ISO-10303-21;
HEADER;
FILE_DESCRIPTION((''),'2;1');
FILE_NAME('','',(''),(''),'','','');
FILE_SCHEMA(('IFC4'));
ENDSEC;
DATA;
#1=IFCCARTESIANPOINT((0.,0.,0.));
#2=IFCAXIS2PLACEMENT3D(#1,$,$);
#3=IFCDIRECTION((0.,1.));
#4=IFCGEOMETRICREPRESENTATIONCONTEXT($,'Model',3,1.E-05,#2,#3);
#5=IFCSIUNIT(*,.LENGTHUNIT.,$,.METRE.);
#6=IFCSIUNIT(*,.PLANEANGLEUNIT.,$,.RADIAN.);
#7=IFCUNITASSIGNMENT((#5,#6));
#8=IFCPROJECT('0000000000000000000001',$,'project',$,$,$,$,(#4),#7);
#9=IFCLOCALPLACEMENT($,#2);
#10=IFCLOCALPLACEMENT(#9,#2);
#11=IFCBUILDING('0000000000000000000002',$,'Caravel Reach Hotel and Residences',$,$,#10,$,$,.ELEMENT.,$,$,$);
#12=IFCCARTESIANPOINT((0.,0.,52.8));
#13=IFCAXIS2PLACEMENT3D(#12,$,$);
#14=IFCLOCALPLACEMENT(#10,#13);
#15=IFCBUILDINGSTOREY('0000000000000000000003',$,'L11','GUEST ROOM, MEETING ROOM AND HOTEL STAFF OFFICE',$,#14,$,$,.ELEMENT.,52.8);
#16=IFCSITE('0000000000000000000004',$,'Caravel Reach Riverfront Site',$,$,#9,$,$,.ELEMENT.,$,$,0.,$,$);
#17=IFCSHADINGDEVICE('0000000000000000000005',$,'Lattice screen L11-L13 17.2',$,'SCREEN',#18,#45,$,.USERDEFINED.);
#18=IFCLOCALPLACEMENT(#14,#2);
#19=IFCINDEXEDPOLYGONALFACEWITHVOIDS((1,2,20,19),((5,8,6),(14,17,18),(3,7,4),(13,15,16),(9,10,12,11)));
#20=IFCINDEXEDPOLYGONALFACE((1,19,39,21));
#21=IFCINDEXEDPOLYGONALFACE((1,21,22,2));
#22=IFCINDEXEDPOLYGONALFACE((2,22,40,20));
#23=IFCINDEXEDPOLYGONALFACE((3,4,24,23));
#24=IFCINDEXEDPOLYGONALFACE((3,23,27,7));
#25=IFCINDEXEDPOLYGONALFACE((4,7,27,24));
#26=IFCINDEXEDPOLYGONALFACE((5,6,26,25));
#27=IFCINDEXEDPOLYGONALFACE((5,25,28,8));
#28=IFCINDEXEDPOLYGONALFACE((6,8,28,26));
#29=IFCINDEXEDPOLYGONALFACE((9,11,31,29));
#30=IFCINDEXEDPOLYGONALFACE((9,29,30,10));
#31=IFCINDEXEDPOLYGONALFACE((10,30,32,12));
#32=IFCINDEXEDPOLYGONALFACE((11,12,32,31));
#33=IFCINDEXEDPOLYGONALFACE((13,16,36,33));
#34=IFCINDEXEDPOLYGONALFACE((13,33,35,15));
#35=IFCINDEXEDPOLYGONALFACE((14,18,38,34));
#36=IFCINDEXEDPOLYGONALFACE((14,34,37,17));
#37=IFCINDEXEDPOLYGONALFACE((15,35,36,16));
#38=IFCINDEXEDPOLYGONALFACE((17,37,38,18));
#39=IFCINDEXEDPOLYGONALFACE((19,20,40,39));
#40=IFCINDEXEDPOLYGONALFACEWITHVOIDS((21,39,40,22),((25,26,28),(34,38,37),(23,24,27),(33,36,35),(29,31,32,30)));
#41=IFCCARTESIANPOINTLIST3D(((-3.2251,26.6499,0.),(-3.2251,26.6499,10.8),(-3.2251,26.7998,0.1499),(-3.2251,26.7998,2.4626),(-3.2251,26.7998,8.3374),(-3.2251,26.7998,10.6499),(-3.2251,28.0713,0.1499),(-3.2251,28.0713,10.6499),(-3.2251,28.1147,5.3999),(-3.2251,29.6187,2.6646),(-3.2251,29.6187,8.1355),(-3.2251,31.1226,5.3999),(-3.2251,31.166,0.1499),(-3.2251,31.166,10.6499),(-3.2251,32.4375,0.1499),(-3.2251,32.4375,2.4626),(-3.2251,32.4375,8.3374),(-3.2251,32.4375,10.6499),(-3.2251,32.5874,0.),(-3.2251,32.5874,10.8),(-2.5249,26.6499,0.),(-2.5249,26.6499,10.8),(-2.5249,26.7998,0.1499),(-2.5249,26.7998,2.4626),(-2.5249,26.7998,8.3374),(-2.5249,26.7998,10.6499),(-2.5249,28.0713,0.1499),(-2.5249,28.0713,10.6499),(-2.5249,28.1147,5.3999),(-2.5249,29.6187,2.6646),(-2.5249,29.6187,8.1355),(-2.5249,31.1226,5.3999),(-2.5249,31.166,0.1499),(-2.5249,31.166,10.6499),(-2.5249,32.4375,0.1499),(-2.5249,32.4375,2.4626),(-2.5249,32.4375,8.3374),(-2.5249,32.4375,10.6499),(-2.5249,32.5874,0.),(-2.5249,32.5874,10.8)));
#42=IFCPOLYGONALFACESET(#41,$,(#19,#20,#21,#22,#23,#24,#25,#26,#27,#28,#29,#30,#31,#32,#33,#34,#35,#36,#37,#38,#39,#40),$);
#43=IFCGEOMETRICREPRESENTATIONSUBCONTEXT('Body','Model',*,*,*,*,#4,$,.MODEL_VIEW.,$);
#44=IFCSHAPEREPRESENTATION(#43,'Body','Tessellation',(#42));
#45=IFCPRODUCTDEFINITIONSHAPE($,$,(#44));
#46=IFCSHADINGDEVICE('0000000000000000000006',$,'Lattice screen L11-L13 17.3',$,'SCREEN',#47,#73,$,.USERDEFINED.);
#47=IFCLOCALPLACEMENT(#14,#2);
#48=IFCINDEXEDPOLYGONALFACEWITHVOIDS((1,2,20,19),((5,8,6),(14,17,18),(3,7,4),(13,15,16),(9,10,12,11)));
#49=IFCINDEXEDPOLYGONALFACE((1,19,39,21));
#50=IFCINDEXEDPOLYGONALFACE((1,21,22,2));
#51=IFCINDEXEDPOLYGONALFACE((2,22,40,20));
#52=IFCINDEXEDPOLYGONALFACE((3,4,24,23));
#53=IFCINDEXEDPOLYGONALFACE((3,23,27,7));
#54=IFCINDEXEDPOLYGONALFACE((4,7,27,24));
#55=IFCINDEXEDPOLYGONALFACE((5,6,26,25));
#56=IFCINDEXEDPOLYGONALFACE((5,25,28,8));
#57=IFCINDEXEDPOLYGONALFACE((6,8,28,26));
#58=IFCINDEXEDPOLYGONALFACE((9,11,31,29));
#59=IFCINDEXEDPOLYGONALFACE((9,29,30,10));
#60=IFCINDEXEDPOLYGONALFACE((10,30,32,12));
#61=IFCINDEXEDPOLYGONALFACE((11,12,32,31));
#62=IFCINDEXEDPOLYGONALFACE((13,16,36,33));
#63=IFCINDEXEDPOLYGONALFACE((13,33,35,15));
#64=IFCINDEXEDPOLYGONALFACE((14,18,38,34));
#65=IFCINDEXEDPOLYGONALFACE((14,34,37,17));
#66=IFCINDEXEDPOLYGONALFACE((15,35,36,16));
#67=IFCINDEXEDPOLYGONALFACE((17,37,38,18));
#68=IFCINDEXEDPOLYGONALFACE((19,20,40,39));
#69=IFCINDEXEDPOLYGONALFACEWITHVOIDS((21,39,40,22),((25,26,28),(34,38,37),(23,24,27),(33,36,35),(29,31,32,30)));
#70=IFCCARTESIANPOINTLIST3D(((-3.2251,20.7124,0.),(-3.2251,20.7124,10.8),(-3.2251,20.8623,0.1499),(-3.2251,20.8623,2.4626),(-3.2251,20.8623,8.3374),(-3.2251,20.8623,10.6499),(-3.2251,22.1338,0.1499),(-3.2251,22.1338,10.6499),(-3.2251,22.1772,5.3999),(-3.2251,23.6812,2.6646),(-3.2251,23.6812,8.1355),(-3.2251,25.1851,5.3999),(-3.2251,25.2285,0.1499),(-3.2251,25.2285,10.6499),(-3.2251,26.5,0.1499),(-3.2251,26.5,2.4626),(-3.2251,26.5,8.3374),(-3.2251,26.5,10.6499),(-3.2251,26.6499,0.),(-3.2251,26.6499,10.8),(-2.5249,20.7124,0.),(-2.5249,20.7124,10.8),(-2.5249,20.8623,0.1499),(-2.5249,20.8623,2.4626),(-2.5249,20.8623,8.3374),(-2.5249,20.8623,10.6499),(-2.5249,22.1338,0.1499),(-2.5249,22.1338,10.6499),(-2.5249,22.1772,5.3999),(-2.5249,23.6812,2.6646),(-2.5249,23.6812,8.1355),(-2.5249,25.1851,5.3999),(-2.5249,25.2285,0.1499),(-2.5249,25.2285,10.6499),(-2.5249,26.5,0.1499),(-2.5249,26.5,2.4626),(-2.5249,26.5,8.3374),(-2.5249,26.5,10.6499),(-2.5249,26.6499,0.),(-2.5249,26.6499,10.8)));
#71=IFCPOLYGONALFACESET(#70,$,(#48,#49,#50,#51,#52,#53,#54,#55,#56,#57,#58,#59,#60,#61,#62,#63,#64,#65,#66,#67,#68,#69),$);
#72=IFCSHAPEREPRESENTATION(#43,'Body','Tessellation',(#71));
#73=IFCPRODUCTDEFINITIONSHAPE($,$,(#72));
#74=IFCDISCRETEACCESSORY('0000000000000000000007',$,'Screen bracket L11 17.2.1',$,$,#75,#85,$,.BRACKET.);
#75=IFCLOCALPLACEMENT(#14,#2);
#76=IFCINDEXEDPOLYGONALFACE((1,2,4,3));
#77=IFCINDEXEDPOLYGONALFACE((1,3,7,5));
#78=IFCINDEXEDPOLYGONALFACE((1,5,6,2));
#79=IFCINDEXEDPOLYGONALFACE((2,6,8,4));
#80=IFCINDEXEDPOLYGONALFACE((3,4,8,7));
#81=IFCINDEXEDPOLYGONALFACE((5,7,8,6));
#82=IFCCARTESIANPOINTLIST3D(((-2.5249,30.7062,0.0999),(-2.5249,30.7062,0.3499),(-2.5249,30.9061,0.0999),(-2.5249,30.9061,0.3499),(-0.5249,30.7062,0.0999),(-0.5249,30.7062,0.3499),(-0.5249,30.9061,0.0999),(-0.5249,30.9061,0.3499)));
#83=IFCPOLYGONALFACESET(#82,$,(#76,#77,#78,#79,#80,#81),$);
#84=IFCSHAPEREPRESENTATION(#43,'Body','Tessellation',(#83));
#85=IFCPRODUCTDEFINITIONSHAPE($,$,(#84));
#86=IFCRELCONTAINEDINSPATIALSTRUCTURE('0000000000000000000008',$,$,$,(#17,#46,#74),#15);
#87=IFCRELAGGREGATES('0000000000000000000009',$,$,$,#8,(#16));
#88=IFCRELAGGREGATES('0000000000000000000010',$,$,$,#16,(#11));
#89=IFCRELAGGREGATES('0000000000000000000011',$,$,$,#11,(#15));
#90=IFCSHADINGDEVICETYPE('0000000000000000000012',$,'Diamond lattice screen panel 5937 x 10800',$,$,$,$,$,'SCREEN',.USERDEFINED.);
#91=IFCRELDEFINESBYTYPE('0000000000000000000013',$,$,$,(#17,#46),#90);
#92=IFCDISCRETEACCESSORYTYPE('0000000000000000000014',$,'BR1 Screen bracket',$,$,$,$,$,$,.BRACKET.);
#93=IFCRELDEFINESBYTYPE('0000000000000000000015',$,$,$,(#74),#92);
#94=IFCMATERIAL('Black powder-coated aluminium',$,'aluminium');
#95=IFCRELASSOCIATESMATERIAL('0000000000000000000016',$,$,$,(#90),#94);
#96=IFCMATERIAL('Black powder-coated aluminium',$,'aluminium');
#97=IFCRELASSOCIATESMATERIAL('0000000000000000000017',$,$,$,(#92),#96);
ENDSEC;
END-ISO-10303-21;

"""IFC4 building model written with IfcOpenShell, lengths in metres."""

from ifc_helpers import new_model, si_unit, direction, frame, origin, origin_2d, place, context, subcontext, project, spatial, polyline, rectangle, outline, extrude, material, type_object, element, save


model = new_model("IFC4")

# Units and contexts
model_context = context("Model", 3, precision=1e-05, world=origin(), true_north=direction((0.0, 1.0)))
body_context = subcontext(model_context, "Body", "Model", "MODEL_VIEW")
ifc_project = project(units=[si_unit("LENGTHUNIT", "METRE"), si_unit("PLANEANGLEUNIT", "RADIAN")], contexts=[model_context])

# Site, building, storey
site_placement = place(None, origin())
site = spatial("IfcSite", under=ifc_project, at=site_placement, Name="Caravel Reach Riverfront Site", CompositionType="ELEMENT", RefElevation=0.0)
building_placement = place(site_placement, origin())
building = spatial("IfcBuilding", under=site, at=building_placement, Name="Caravel Reach Hotel and Residences", CompositionType="ELEMENT")
storey_placement = place(building_placement, frame((0.0, 0.0, 52.8)))
storey = spatial("IfcBuildingStorey", under=building, at=storey_placement, Name="L11", Description="GUEST ROOM, MEETING ROOM AND HOTEL STAFF OFFICE", CompositionType="ELEMENT", Elevation=52.8)

# Shading devices
ifc_material_1 = material(Name="Black powder-coated aluminium", Category="aluminium")
shading_device_type = type_object("IfcShadingDeviceType", Name="Diamond lattice screen panel 5937 x 10800", ElementType="SCREEN", PredefinedType="USERDEFINED", material=ifc_material_1)
for number, where, z_axis, x_axis, name in (
    (1, (-2.5249, 32.5874, 0.0), (-1.0, 0.0, 0.0), (0.0, -1.0, 0.0), "Lattice screen L11-L13 17.2"),
    (2, (-2.5249, 26.6499, 0.0), (-1.0, 0.0, 0.0), (0.0, -1.0, 0.0), "Lattice screen L11-L13 17.3"),
):
    element("IfcShadingDevice", number, at=place(storey_placement, frame(where, z_axis=z_axis, x_axis=x_axis)), inside=storey, type_object=shading_device_type, Name=name, ObjectType="SCREEN", PredefinedType="USERDEFINED", context=body_context, shape_type="SweptSolid", body=[
        extrude(outline(polyline([(0.0, 0.0), (5.9375, 0.0), (5.9375, 10.8), (0.0, 10.8), (0.0, 0.0)]), holes=[polyline([(1.4214, 0.1499), (0.1499, 2.4626), (0.1499, 0.1499), (1.4214, 0.1499)]), polyline([(0.1499, 8.3374), (1.4214, 10.6499), (0.1499, 10.6499), (0.1499, 8.3374)]), polyline([(2.9688, 8.1355), (1.4648, 5.3999), (2.9688, 2.6646), (4.4727, 5.3999), (2.9688, 8.1355)]), polyline([(5.7876, 2.4626), (4.5161, 0.1499), (5.7876, 0.1499), (5.7876, 2.4626)]), polyline([(4.5161, 10.6499), (5.7876, 8.3374), (5.7876, 10.6499), (4.5161, 10.6499)])]), origin(), (0.0, 0.0, 1.0), 0.7002),
    ])

# Discrete accessory
ifc_material_2 = material(Name="Black powder-coated aluminium", Category="aluminium")
discrete_accessory_type = type_object("IfcDiscreteAccessoryType", Name="BR1 Screen bracket", PredefinedType="BRACKET", material=ifc_material_2)
discrete_accessory_placement = place(storey_placement, frame((-1.5249, 30.8062, 0.0999), z_axis=(0.0, 0.0, 1.0), x_axis=(-1.0, 0.0, 0.0)))
element("IfcDiscreteAccessory", 3, at=discrete_accessory_placement, inside=storey, type_object=discrete_accessory_type, Name="Screen bracket L11 17.2.1", PredefinedType="BRACKET", context=body_context, shape_type="SweptSolid", body=[
    extrude(rectangle(XDim=2.0, YDim=0.2, at=origin_2d()), origin(), (0.0, 0.0, 1.0), 0.25),
])

save(model, "model.ifc")
